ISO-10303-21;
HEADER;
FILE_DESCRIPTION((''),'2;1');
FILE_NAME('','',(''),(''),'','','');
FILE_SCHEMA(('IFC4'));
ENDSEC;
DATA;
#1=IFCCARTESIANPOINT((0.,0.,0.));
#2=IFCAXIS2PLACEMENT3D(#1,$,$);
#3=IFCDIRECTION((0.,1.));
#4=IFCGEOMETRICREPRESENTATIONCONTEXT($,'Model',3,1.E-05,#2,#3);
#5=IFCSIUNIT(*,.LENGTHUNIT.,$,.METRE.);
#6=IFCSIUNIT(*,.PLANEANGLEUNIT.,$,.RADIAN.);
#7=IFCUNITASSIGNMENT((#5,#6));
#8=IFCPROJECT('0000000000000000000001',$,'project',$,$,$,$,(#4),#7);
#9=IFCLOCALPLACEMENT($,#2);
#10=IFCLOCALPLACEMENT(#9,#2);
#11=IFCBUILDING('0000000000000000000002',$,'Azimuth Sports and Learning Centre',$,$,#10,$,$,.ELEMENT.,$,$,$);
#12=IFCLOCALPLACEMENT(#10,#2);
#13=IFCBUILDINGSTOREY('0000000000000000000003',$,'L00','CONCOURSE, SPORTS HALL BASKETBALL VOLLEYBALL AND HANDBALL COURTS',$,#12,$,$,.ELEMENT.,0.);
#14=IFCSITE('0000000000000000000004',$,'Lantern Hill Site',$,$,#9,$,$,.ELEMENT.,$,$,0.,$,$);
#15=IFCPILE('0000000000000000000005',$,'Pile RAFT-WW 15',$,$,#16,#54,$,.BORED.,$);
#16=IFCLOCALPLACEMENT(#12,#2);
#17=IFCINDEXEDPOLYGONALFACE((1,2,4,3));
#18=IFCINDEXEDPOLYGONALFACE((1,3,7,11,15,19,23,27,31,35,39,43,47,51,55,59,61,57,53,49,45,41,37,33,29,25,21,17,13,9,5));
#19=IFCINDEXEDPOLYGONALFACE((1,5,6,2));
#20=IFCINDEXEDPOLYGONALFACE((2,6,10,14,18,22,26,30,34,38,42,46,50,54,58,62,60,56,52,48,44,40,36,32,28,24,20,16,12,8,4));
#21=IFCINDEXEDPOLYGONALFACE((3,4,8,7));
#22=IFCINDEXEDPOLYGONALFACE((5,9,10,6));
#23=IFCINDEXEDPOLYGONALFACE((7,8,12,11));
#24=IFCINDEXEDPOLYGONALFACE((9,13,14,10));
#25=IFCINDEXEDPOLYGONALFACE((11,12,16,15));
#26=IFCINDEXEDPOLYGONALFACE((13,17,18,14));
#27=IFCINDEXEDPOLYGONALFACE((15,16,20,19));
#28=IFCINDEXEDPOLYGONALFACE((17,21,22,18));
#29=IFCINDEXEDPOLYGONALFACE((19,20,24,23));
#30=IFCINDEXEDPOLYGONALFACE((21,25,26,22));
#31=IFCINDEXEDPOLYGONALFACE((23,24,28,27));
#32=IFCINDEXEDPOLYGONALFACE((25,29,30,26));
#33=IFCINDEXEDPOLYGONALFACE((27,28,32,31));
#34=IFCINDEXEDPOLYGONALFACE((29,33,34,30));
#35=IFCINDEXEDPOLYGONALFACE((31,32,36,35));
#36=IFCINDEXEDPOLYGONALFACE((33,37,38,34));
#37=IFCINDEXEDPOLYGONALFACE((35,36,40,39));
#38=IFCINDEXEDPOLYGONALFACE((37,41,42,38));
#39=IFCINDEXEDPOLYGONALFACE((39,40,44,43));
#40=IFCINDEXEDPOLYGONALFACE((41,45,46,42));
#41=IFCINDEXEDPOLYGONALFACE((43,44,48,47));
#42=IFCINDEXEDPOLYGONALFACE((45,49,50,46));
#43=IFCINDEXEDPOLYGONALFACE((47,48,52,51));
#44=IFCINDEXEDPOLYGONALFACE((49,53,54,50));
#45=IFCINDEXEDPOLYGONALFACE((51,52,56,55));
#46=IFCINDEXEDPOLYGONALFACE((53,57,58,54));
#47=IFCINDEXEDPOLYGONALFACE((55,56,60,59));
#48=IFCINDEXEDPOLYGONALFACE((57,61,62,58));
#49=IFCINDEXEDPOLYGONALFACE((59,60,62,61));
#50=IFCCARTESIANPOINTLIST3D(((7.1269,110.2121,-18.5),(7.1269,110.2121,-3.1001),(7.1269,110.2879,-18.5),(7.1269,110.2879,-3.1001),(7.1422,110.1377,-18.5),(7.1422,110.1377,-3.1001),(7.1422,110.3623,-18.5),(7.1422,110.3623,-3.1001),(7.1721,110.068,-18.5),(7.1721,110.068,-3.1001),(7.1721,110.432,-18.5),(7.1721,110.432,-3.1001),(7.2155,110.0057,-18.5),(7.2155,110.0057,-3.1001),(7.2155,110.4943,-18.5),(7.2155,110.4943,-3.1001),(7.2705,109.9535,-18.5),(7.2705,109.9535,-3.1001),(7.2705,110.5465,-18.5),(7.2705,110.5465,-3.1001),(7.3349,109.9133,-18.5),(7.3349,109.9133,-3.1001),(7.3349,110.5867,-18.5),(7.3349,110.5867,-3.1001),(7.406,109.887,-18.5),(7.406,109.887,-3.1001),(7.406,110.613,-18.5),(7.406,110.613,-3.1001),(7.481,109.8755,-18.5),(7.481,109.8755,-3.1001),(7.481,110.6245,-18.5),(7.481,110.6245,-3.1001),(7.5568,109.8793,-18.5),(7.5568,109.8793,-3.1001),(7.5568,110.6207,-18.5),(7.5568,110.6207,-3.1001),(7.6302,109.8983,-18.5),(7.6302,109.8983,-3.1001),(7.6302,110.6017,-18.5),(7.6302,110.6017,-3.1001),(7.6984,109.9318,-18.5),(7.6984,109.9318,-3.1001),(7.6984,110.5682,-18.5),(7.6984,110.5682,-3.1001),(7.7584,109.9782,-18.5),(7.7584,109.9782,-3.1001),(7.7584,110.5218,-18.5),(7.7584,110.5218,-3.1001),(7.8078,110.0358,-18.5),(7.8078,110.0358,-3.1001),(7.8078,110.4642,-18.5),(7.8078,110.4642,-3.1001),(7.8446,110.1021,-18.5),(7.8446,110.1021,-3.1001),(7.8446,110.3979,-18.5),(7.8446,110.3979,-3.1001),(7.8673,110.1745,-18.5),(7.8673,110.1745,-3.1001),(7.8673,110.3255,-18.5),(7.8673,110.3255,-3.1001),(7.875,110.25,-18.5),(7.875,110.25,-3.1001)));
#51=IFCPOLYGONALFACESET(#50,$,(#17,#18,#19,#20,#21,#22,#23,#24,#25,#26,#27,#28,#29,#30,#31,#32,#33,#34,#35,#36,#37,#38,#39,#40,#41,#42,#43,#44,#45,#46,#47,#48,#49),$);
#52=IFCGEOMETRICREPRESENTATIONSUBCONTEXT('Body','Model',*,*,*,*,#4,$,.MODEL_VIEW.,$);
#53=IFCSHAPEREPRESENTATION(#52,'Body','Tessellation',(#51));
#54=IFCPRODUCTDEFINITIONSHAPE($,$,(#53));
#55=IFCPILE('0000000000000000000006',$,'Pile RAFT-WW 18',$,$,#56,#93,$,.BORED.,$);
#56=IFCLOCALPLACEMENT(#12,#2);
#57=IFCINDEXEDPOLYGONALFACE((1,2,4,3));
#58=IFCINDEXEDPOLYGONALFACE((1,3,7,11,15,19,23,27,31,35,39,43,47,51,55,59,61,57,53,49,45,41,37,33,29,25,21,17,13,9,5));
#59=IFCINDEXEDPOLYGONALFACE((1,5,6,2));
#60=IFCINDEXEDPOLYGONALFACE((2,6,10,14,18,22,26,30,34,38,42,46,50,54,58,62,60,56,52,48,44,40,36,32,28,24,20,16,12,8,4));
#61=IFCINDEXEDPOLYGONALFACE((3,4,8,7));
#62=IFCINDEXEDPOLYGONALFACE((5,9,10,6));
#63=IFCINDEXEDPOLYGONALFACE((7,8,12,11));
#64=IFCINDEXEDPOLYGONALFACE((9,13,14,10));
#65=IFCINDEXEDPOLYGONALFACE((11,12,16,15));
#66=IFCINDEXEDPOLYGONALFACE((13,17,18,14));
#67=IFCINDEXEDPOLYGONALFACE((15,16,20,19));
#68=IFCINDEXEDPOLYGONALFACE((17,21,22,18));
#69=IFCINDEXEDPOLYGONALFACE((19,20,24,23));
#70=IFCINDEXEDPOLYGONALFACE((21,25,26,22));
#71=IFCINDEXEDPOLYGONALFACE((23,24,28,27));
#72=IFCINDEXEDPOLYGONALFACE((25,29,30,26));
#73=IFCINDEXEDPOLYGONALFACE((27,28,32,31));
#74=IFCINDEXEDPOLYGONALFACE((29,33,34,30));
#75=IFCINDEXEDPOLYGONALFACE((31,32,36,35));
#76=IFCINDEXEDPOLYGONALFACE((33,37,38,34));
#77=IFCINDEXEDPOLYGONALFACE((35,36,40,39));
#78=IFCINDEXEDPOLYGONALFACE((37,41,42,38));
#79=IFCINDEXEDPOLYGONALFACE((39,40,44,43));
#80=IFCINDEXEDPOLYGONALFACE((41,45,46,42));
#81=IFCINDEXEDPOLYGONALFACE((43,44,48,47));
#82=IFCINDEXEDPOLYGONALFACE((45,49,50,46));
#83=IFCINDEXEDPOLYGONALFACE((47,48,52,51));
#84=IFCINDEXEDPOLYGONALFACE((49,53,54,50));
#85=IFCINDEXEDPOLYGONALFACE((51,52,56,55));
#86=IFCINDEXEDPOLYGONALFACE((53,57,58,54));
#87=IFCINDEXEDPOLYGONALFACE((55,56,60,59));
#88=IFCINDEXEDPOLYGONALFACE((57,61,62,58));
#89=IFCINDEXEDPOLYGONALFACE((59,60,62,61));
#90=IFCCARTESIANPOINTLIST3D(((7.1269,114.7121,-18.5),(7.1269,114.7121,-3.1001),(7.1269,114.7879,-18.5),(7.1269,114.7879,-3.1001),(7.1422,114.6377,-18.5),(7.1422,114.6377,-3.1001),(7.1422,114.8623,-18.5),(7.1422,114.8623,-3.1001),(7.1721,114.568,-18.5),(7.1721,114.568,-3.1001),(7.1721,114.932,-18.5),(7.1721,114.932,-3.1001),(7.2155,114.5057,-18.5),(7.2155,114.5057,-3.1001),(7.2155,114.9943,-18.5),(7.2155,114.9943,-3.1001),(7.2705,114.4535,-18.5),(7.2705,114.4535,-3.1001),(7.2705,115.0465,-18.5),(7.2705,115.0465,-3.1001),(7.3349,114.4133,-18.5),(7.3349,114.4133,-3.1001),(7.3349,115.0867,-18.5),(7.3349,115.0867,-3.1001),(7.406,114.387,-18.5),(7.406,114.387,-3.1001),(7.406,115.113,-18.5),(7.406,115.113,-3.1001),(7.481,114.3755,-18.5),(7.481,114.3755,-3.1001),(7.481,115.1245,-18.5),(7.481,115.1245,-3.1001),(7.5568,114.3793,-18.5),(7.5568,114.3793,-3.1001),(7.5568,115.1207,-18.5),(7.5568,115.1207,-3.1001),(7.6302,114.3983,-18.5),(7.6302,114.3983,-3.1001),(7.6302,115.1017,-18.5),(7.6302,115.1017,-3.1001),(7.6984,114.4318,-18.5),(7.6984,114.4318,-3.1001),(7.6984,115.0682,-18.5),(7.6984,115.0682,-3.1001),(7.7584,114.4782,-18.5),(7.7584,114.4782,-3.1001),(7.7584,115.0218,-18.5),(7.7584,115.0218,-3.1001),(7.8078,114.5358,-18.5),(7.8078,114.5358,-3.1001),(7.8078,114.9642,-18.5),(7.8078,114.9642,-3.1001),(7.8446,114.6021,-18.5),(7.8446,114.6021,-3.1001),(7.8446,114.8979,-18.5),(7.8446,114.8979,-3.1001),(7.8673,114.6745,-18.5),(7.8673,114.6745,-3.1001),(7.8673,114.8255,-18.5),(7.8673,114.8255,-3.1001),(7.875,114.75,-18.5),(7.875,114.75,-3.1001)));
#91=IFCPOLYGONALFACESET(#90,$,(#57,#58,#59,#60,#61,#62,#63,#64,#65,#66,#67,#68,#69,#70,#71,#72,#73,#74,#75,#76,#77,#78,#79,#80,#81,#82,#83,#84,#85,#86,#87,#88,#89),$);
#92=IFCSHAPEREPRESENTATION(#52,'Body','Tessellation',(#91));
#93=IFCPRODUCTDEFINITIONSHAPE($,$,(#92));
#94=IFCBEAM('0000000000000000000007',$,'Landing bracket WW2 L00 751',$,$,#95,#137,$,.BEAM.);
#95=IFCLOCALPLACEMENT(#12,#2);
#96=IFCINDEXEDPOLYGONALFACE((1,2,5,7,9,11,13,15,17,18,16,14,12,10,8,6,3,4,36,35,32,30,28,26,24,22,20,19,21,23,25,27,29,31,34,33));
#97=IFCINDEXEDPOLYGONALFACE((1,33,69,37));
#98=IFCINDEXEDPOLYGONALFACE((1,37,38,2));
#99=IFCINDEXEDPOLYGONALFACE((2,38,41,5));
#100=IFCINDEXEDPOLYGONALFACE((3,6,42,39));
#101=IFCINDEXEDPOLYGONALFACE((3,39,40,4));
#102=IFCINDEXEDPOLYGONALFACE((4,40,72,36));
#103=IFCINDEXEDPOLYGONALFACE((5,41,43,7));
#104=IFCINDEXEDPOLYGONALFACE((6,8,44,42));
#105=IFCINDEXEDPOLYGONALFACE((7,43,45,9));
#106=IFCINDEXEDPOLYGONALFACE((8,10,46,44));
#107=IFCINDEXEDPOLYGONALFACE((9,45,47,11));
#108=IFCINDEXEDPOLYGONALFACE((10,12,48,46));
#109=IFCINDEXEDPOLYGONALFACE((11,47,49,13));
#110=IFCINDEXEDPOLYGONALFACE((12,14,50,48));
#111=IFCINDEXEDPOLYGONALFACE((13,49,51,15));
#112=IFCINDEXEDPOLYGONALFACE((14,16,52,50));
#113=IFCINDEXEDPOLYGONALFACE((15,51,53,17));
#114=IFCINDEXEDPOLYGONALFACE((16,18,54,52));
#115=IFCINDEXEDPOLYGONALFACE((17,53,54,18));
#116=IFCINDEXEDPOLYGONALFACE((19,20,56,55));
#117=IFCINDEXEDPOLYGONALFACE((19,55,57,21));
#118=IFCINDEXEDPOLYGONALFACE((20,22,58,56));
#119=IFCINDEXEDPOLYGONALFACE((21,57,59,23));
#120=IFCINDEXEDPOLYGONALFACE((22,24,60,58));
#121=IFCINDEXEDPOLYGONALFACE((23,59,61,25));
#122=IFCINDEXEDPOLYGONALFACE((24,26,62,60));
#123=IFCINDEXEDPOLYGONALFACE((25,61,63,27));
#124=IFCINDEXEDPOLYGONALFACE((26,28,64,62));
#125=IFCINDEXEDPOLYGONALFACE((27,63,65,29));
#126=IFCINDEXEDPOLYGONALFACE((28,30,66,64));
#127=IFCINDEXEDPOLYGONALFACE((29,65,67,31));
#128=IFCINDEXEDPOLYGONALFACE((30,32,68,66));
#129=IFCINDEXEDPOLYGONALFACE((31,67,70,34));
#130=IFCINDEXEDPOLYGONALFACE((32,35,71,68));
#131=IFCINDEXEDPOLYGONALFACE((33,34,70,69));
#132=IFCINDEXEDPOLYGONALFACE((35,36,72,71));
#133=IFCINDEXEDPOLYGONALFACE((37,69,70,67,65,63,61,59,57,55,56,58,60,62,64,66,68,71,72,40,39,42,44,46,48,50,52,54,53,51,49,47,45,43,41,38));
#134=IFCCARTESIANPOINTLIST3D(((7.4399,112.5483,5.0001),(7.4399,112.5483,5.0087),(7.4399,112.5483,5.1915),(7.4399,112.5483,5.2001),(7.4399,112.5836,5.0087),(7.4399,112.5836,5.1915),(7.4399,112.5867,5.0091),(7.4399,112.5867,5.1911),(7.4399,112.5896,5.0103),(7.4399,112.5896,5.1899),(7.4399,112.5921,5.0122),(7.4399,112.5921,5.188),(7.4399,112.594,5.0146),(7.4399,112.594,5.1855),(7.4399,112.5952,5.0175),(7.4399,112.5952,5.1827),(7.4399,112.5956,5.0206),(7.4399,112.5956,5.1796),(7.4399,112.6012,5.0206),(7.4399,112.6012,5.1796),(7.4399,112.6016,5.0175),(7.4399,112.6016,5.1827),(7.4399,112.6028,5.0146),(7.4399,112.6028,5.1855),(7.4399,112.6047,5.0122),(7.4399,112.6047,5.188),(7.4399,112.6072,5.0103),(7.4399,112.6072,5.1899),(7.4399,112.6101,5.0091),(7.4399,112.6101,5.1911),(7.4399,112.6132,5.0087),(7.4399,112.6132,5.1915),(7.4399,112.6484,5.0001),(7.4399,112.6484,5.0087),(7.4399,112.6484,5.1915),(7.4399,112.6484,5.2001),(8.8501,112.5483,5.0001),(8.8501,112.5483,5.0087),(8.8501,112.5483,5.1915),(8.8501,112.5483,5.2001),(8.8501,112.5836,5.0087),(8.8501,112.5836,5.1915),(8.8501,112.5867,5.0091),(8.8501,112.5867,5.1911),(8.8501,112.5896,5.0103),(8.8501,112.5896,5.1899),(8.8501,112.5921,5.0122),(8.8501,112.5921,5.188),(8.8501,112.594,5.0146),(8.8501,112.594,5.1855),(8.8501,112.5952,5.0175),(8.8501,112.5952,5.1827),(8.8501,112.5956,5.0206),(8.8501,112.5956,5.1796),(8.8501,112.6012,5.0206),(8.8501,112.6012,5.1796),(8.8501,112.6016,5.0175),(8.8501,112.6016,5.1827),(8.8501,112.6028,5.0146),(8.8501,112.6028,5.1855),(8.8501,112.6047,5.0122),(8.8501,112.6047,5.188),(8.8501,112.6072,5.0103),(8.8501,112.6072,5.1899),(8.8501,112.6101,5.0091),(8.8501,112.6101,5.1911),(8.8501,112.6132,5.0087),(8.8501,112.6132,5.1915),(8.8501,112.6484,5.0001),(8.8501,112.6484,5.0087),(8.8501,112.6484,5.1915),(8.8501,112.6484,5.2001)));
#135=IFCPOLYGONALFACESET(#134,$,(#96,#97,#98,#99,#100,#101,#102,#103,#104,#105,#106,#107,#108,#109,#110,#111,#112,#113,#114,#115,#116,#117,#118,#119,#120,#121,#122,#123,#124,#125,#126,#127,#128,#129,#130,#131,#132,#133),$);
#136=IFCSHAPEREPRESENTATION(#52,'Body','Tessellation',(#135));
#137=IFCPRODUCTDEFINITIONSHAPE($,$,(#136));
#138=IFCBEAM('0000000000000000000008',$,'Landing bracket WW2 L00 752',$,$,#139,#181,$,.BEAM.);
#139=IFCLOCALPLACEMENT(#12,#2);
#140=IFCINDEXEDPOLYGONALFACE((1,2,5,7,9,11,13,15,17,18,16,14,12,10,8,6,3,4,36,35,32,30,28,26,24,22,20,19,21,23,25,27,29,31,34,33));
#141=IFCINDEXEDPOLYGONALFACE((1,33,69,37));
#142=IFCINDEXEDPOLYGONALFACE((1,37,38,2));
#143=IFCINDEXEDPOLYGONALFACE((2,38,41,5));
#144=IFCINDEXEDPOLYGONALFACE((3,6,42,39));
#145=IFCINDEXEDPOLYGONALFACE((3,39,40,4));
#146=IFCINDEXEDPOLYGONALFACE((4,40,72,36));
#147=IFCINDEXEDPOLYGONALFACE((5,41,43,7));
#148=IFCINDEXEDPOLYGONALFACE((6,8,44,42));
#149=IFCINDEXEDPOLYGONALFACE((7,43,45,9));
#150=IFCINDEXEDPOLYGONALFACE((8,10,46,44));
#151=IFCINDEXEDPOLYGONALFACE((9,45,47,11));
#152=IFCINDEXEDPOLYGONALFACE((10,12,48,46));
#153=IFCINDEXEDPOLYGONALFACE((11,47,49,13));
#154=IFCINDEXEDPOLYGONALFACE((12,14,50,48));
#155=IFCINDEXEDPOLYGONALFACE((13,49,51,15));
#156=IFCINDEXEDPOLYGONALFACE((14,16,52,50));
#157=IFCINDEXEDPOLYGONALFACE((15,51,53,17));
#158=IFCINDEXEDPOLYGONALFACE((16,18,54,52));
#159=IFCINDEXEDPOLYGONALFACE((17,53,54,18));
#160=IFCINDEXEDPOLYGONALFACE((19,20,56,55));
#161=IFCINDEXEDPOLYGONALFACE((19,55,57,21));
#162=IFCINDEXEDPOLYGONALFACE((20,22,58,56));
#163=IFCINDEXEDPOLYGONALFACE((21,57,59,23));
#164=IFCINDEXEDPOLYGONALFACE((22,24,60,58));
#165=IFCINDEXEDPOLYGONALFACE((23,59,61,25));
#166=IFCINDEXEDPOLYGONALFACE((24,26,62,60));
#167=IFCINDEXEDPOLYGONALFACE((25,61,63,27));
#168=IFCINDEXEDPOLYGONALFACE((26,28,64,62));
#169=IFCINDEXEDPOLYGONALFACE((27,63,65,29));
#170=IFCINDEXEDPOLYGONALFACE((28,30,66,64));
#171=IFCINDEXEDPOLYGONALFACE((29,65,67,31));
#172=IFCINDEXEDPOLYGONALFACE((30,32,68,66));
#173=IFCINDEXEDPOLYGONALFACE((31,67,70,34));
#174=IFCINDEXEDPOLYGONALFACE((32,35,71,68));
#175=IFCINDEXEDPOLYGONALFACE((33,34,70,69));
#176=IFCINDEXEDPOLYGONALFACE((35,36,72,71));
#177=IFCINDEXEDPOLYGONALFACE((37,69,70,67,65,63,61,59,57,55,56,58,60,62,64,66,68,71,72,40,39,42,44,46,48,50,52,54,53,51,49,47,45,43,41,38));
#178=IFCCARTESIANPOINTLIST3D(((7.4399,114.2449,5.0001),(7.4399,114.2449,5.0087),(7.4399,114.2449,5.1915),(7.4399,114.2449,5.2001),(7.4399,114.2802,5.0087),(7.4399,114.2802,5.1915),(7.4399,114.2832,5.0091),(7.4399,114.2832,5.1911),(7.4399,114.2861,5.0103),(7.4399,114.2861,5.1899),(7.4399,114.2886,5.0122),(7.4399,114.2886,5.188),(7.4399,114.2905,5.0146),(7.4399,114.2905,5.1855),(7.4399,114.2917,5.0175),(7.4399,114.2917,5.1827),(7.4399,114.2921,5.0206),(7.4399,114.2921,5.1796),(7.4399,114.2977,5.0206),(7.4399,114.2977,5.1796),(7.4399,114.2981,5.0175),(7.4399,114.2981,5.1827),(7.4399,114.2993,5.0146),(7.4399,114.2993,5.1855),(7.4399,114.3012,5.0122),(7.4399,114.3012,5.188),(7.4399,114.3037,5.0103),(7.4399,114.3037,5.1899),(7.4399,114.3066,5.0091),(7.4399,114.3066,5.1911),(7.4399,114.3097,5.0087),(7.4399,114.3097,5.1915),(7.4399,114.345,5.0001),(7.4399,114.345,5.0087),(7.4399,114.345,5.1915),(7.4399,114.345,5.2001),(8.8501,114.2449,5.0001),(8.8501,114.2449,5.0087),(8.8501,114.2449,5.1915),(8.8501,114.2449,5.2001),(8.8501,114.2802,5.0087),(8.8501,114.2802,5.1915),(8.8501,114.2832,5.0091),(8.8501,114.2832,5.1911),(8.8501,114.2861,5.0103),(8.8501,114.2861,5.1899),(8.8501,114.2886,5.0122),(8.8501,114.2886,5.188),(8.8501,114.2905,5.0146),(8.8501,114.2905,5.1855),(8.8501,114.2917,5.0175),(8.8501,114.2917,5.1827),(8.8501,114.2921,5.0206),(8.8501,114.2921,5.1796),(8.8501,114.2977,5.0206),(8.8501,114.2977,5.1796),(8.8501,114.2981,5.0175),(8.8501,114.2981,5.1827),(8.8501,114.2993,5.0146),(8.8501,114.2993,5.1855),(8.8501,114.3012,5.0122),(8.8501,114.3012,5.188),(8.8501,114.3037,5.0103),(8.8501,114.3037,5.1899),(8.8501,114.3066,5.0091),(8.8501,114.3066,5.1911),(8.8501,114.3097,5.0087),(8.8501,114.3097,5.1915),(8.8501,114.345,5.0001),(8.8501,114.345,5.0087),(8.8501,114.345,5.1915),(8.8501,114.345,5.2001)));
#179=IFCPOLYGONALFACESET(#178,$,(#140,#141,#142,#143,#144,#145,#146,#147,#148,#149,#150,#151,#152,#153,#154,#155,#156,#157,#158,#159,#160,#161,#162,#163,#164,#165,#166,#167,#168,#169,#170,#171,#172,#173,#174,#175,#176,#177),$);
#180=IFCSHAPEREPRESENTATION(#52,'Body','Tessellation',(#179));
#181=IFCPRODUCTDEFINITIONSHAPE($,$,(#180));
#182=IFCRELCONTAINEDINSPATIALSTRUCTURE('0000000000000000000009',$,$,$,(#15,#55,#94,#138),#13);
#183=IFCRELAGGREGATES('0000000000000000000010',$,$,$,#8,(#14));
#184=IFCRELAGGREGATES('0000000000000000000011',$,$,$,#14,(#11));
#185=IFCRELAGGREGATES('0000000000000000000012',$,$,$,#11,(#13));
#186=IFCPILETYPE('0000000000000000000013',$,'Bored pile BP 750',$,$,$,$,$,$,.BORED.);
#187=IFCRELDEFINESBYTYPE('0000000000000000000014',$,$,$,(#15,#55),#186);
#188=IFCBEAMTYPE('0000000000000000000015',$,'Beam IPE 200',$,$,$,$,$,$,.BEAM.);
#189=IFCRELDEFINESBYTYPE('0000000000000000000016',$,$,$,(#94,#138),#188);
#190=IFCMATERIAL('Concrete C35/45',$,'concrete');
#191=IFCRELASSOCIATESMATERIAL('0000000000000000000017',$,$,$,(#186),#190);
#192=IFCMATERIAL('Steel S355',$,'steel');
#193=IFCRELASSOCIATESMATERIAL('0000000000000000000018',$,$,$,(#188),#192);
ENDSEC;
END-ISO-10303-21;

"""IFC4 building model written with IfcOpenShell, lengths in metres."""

from ifc_helpers import new_model, si_unit, direction, frame, origin, origin_2d, place, context, subcontext, project, spatial, circle, i_section, extrude, material, material_profile, profile_set, type_object, element, save


model = new_model("IFC4")

# Units and contexts
model_context = context("Model", 3, precision=1e-05, world=origin(), true_north=direction((0.0, 1.0)))
body_context = subcontext(model_context, "Body", "Model", "MODEL_VIEW")
ifc_project = project(units=[si_unit("LENGTHUNIT", "METRE"), si_unit("PLANEANGLEUNIT", "RADIAN")], contexts=[model_context])

# Site, building, storey
site_placement = place(None, origin())
site = spatial("IfcSite", under=ifc_project, at=site_placement, Name="Lantern Hill Site", CompositionType="ELEMENT", RefElevation=0.0)
building_placement = place(site_placement, origin())
building = spatial("IfcBuilding", under=site, at=building_placement, Name="Azimuth Sports and Learning Centre", CompositionType="ELEMENT")
storey_placement = place(building_placement, origin())
storey = spatial("IfcBuildingStorey", under=building, at=storey_placement, Name="L00", Description="CONCOURSE, SPORTS HALL BASKETBALL VOLLEYBALL AND HANDBALL COURTS", CompositionType="ELEMENT", Elevation=0.0)

# Piles
ifc_material_1 = material(Name="Concrete C35/45", Category="concrete")
ifc_material_profile_1 = material_profile(ifc_material_1, circle(Radius=0.375, at=origin_2d()), Name="BP 750")
ifc_profile_set_1 = profile_set([ifc_material_profile_1], Name="Concrete C35/45")
pile_type = type_object("IfcPileType", Name="Bored pile BP 750", PredefinedType="BORED", material=ifc_profile_set_1)
for number, where, z_axis, x_axis, name in (
    (1, (7.5, 110.25, -3.1001), (0.0, 0.0, -1.0), (1.0, 0.0, 0.0), "Pile RAFT-WW 15"),
    (2, (7.5, 114.75, -3.1001), (0.0, 0.0, -1.0), (1.0, 0.0, 0.0), "Pile RAFT-WW 18"),
):
    element("IfcPile", number, at=place(storey_placement, frame(where, z_axis=z_axis, x_axis=x_axis)), inside=storey, type_object=pile_type, Name=name, PredefinedType="BORED", context=body_context, shape_type="SweptSolid", body=[
        extrude(circle(Radius=0.375, at=origin_2d()), origin(), (0.0, 0.0, 1.0), 15.3999),
    ])

# Beams
ifc_material_2 = material(Name="Steel S355", Category="steel")
ifc_material_profile_2 = material_profile(ifc_material_2, i_section(OverallWidth=0.1001, OverallDepth=0.2, WebThickness=0.0056, FlangeThickness=0.0085, FilletRadius=0.012, at=origin_2d()), Name="IPE 200")
ifc_profile_set_2 = profile_set([ifc_material_profile_2], Name="Steel S355")
beam_type = type_object("IfcBeamType", Name="Beam IPE 200", PredefinedType="BEAM", material=ifc_profile_set_2)
for number, where, z_axis, x_axis, name in (
    (3, (8.8501, 112.5984, 5.1001), (-1.0, 0.0, 0.0), (0.0, -1.0, 0.0), "Landing bracket WW2 L00 751"),
    (4, (8.8501, 114.2949, 5.1001), (-1.0, 0.0, 0.0), (0.0, -1.0, 0.0), "Landing bracket WW2 L00 752"),
):
    element("IfcBeam", number, at=place(storey_placement, frame(where, z_axis=z_axis, x_axis=x_axis)), inside=storey, type_object=beam_type, Name=name, PredefinedType="BEAM", context=body_context, shape_type="SweptSolid", body=[
        extrude(i_section(OverallWidth=0.1001, OverallDepth=0.2, WebThickness=0.0056, FlangeThickness=0.0085, FilletRadius=0.012, at=origin_2d()), origin(), (0.0, 0.0, 1.0), 1.4102),
    ])

save(model, "model.ifc")
